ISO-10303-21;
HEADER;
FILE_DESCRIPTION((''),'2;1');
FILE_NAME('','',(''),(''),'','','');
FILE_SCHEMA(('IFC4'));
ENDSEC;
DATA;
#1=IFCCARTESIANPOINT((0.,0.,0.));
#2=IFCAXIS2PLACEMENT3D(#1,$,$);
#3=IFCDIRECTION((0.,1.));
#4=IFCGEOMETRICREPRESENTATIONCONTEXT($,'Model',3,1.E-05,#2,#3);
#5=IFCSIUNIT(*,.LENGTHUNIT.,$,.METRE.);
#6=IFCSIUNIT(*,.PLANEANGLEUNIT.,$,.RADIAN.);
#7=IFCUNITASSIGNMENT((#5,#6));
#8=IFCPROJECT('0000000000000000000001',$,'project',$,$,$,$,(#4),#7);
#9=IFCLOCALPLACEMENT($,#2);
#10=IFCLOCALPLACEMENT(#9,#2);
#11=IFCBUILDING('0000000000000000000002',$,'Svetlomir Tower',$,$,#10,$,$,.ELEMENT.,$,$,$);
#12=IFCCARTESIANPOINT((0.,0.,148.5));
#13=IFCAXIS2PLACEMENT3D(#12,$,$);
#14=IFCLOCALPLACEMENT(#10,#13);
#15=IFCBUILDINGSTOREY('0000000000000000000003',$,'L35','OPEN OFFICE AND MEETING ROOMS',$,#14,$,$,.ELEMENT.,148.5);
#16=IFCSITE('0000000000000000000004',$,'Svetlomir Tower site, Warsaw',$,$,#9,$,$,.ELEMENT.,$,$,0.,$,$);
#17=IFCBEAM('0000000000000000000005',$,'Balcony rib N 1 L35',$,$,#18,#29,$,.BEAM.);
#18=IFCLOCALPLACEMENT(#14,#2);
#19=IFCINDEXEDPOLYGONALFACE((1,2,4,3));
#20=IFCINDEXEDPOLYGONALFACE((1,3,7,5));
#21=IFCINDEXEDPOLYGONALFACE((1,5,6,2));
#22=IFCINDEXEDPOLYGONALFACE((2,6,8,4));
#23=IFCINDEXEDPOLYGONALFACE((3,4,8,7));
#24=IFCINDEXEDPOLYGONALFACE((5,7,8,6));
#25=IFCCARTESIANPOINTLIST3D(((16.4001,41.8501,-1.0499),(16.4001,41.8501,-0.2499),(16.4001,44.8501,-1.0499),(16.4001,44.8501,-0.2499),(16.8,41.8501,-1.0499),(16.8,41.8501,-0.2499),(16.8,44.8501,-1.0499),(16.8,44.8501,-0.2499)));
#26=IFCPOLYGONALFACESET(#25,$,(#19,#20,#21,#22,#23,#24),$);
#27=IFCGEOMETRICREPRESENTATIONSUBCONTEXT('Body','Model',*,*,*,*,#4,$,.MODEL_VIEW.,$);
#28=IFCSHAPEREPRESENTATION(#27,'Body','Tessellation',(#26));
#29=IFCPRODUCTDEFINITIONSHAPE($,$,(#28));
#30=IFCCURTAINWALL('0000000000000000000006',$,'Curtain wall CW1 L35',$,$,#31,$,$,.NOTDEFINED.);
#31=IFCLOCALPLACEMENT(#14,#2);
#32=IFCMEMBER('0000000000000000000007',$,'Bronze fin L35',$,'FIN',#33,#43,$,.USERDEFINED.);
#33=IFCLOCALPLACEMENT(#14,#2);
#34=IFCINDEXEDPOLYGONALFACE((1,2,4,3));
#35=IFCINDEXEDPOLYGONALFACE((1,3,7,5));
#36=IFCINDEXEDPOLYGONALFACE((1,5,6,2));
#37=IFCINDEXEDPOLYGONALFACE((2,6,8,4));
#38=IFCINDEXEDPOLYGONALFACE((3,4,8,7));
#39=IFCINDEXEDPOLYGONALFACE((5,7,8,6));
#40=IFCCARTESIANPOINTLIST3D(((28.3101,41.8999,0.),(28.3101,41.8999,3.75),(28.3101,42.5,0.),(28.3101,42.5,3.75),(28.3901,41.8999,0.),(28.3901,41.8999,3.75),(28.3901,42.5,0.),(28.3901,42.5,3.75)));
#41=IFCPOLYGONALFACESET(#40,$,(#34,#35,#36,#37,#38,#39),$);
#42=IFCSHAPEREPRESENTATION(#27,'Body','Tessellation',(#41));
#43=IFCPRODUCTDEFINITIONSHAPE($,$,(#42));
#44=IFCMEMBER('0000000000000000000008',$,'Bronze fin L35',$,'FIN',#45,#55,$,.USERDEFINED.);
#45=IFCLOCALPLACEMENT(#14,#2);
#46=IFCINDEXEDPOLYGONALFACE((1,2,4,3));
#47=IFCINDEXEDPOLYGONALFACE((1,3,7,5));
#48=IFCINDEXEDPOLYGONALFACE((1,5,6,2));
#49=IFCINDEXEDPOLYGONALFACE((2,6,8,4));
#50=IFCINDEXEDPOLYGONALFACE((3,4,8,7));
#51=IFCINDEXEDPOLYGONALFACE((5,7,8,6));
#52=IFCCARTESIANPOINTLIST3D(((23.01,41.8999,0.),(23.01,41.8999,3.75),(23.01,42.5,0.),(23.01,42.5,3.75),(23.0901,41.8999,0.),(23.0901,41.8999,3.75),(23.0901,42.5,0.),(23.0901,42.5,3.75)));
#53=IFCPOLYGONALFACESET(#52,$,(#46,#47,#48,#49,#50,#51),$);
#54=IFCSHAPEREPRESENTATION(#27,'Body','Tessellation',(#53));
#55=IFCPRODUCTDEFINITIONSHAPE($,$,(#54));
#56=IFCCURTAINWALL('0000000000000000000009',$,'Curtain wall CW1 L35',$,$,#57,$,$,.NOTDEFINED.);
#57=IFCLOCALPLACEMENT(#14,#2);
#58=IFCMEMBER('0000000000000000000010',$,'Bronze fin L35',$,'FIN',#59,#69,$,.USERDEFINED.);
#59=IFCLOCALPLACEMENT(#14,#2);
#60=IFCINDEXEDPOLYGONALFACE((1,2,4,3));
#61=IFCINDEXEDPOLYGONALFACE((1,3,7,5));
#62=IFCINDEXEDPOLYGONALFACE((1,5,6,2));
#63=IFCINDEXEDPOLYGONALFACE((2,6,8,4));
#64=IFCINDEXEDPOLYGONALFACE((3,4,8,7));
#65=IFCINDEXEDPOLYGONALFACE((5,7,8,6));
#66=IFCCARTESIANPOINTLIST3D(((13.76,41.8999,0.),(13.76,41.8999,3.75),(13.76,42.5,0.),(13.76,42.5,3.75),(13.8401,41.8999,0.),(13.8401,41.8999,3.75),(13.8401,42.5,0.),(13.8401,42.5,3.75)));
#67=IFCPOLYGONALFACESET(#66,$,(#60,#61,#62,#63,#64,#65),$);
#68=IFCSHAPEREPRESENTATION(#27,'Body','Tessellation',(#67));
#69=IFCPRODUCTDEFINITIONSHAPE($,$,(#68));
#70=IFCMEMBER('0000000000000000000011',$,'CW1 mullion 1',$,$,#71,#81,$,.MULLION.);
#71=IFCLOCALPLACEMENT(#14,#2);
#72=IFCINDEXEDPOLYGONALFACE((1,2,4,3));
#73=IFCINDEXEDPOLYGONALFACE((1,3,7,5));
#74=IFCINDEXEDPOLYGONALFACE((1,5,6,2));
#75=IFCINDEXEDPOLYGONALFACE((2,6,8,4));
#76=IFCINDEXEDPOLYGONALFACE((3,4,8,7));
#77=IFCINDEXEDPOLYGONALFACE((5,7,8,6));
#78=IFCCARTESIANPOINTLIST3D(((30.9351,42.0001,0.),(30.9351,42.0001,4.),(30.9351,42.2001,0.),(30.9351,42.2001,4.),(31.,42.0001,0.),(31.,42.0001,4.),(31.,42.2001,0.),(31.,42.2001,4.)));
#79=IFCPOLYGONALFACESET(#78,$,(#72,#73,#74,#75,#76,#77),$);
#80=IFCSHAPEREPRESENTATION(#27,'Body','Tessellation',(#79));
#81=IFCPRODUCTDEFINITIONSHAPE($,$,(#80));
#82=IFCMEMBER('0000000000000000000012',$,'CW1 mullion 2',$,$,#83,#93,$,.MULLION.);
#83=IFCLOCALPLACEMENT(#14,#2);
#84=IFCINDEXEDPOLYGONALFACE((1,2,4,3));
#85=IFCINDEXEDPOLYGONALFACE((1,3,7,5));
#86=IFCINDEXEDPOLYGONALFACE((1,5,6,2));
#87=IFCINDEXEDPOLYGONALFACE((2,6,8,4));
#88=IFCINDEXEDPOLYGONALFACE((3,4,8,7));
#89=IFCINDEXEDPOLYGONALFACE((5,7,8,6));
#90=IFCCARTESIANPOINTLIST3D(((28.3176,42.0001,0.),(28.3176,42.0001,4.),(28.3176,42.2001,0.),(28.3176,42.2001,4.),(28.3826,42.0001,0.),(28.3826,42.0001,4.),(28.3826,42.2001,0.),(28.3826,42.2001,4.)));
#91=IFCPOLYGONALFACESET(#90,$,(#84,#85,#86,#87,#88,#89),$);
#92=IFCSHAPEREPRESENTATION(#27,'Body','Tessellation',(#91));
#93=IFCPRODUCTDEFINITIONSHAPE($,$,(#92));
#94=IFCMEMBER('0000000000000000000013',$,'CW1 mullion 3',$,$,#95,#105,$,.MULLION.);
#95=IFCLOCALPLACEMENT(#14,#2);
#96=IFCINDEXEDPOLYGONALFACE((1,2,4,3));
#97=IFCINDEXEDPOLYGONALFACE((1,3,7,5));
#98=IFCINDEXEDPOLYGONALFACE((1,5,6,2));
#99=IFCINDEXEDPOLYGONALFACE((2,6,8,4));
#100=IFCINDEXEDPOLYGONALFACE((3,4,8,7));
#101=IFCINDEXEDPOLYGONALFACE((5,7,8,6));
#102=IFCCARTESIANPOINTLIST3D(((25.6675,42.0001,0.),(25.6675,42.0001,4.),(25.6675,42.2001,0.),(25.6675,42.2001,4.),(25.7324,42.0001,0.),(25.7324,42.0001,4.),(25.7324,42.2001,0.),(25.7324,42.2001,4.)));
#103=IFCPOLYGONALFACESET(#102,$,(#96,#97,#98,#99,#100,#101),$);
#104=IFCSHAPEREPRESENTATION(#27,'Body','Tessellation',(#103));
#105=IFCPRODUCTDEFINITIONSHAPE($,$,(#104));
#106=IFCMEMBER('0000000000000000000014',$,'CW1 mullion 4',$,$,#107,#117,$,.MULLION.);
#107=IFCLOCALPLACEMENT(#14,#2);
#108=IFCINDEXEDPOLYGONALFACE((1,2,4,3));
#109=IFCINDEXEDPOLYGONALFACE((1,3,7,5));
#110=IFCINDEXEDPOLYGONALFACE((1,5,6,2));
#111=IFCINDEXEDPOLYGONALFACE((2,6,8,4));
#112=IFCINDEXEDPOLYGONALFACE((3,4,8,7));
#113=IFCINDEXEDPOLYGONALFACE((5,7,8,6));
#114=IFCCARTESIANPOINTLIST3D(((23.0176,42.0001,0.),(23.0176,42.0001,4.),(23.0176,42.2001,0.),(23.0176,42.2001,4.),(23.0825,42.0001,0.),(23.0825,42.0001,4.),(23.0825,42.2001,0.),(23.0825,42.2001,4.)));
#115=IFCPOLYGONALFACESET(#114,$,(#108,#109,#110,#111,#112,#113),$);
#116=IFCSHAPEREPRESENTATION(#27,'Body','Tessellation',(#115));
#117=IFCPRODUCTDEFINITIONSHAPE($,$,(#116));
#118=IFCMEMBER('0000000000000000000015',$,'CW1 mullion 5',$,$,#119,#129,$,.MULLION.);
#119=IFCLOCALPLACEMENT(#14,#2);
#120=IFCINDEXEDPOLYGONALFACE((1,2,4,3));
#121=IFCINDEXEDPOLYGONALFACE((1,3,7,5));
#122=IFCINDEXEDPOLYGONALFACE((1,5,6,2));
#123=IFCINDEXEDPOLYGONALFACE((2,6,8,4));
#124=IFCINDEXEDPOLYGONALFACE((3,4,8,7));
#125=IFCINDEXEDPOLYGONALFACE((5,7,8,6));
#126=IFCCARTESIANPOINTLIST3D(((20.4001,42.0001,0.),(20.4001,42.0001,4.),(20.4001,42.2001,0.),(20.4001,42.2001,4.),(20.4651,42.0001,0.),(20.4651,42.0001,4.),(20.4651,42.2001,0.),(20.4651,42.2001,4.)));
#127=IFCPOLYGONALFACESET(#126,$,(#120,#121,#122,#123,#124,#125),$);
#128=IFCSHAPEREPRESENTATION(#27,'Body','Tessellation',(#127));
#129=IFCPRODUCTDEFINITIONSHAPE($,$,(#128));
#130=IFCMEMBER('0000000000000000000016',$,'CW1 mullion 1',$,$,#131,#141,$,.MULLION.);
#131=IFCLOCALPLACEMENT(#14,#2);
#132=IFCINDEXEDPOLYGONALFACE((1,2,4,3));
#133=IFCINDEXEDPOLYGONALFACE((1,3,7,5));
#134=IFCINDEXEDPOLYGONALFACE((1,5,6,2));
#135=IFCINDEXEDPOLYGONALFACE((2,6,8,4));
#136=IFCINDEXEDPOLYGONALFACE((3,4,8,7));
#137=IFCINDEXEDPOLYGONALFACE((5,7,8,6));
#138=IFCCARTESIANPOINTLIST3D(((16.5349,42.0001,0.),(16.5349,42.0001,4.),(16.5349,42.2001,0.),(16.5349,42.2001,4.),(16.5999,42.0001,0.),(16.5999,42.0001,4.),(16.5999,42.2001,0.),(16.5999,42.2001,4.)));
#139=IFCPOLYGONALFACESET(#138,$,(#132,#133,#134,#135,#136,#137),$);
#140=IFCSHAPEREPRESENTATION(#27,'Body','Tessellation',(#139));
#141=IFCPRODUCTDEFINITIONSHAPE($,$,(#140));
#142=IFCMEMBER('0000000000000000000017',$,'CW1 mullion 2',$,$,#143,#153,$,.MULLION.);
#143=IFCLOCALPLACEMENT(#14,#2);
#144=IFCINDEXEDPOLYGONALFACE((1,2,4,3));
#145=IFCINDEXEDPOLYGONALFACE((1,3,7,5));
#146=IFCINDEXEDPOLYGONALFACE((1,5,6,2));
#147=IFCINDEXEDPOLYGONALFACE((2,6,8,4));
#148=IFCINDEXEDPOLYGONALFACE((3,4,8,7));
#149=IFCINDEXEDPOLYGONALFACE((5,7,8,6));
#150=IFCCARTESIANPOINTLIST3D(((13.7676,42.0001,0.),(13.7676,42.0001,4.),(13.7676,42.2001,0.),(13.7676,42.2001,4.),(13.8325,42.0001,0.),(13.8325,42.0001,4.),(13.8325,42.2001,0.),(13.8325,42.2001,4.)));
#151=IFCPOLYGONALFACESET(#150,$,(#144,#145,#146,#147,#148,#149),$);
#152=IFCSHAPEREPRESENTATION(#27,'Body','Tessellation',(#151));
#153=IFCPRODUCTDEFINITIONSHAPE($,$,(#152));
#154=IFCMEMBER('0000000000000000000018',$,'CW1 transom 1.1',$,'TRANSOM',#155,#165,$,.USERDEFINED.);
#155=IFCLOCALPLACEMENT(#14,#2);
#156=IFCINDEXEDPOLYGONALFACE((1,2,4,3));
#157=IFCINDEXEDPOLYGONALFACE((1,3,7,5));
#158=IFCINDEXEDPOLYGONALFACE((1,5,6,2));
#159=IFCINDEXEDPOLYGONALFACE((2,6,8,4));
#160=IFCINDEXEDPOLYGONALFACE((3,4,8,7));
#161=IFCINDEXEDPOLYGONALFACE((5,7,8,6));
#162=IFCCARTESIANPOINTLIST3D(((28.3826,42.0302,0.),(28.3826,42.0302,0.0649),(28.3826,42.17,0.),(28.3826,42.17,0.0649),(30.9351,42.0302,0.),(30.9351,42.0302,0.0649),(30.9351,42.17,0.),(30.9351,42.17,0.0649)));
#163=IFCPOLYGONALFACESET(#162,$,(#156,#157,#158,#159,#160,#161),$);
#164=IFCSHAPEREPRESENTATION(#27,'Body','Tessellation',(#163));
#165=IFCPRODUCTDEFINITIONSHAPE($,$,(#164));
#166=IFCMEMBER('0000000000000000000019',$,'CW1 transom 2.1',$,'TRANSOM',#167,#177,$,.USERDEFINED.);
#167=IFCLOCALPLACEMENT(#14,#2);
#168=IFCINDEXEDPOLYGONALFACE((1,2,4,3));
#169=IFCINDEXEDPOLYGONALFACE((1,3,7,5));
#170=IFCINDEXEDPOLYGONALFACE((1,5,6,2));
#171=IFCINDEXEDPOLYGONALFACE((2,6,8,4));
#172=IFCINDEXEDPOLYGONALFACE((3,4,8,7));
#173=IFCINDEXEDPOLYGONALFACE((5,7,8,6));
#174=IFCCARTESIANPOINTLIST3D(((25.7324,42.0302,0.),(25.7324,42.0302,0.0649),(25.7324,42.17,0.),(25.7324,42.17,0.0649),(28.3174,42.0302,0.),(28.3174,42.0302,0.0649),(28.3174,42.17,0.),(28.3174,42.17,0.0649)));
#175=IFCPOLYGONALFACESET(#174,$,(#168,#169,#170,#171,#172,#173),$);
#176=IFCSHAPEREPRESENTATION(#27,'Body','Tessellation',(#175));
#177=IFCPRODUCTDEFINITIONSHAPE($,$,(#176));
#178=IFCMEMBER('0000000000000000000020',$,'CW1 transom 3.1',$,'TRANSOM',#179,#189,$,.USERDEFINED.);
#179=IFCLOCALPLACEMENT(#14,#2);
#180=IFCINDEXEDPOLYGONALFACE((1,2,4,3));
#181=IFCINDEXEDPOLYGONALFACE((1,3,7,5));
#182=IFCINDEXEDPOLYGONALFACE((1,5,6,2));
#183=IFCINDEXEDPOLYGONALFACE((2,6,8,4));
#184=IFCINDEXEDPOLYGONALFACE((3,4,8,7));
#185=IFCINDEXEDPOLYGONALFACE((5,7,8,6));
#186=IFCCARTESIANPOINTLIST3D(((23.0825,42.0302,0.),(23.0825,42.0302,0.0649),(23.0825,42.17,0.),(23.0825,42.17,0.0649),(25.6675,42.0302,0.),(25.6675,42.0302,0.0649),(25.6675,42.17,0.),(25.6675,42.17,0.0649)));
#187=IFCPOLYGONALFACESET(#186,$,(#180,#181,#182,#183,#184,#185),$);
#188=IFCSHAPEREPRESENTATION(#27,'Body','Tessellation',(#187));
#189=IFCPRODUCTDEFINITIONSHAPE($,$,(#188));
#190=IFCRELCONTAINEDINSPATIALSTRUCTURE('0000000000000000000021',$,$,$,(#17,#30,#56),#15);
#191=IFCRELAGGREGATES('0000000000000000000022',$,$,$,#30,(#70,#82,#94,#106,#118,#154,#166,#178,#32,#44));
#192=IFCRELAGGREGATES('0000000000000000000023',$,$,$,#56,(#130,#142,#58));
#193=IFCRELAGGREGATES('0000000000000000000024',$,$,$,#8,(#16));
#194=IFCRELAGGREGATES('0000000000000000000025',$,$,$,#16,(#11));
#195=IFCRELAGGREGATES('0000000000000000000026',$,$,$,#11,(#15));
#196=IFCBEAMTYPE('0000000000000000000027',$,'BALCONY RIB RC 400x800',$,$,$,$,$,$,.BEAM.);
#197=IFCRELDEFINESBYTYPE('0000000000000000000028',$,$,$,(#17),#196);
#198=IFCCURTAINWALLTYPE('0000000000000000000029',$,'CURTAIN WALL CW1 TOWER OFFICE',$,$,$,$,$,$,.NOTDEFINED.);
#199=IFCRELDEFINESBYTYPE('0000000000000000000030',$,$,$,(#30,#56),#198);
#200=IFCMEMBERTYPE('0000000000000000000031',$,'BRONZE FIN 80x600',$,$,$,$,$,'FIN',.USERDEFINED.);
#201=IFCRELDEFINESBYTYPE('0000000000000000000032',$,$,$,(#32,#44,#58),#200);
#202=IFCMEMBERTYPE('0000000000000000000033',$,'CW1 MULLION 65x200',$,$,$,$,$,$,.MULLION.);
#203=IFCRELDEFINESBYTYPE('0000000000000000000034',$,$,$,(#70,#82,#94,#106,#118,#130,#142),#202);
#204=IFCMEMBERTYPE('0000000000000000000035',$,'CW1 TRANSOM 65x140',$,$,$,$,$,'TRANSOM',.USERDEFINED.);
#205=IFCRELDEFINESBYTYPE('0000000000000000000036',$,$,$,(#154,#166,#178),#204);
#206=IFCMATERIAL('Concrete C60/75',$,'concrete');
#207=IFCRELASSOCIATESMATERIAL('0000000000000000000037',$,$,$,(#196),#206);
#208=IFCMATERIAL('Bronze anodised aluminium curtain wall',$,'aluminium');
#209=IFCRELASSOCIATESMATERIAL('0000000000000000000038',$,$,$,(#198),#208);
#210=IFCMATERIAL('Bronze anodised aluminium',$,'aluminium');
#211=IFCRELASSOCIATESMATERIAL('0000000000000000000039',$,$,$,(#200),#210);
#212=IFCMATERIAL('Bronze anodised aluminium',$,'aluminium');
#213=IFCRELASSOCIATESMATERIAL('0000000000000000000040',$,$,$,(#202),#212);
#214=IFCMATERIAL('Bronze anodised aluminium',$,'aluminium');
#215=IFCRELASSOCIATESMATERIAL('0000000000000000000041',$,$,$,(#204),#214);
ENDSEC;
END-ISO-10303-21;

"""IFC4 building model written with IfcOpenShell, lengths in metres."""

from ifc_helpers import new_model, si_unit, direction, frame, origin, origin_2d, place, context, subcontext, project, spatial, rectangle, extrude, material, material_profile, profile_set, type_object, element, aggregate, save


model = new_model("IFC4")

# Units and contexts
model_context = context("Model", 3, precision=1e-05, world=origin(), true_north=direction((0.0, 1.0)))
body_context = subcontext(model_context, "Body", "Model", "MODEL_VIEW")
ifc_project = project(units=[si_unit("LENGTHUNIT", "METRE"), si_unit("PLANEANGLEUNIT", "RADIAN")], contexts=[model_context])

# Site, building, storey
site_placement = place(None, origin())
site = spatial("IfcSite", under=ifc_project, at=site_placement, Name="Svetlomir Tower site, Warsaw", CompositionType="ELEMENT", RefElevation=0.0)
building_placement = place(site_placement, origin())
building = spatial("IfcBuilding", under=site, at=building_placement, Name="Svetlomir Tower", CompositionType="ELEMENT")
storey_placement = place(building_placement, frame((0.0, 0.0, 148.5)))
storey = spatial("IfcBuildingStorey", under=building, at=storey_placement, Name="L35", Description="OPEN OFFICE AND MEETING ROOMS", CompositionType="ELEMENT", Elevation=148.5)

# Beam
ifc_material_1 = material(Name="Concrete C60/75", Category="concrete")
ifc_material_profile_1 = material_profile(ifc_material_1, rectangle(XDim=0.3999, YDim=0.8, at=origin_2d()), Name="RC 400x800")
ifc_profile_set_1 = profile_set([ifc_material_profile_1], Name="Concrete C60/75")
beam_type_1 = type_object("IfcBeamType", Name="BALCONY RIB RC 400x800", PredefinedType="BEAM", material=ifc_profile_set_1)
beam_1_placement = place(storey_placement, frame((16.6001, 41.8501, -0.6499), z_axis=(0.0, 1.0, 0.0), x_axis=(-1.0, 0.0, 0.0)))
element("IfcBeam", 1, at=beam_1_placement, inside=storey, type_object=beam_type_1, Name="Balcony rib N 1 L35", PredefinedType="BEAM", context=body_context, shape_type="SweptSolid", body=[
    extrude(rectangle(XDim=0.3999, YDim=0.8, at=origin_2d()), origin(), (0.0, 0.0, 1.0), 3.0),
])

# Curtain wall, members
ifc_material_2 = material(Name="Bronze anodised aluminium curtain wall", Category="aluminium")
curtain_wall_type = type_object("IfcCurtainWallType", Name="CURTAIN WALL CW1 TOWER OFFICE", PredefinedType="NOTDEFINED", material=ifc_material_2)
curtain_wall_1_placement = place(storey_placement, origin())
curtain_wall_1 = element("IfcCurtainWall", 2, at=curtain_wall_1_placement, inside=storey, type_object=curtain_wall_type, Name="Curtain wall CW1 L35", PredefinedType="NOTDEFINED")
ifc_material_3 = material(Name="Bronze anodised aluminium", Category="aluminium")
ifc_material_profile_2 = material_profile(ifc_material_3, rectangle(XDim=0.0801, YDim=0.6001, at=origin_2d()), Name="FIN 80x600")
ifc_profile_set_2 = profile_set([ifc_material_profile_2], Name="Bronze anodised aluminium 6063-T6")
member_type_1 = type_object("IfcMemberType", Name="BRONZE FIN 80x600", ElementType="FIN", PredefinedType="USERDEFINED", material=ifc_profile_set_2)
member_1_placement = place(storey_placement, frame((28.3501, 42.2, 0.0), z_axis=(0.0, 0.0, 1.0), x_axis=(1.0, 0.0, 0.0)))
member_1 = element("IfcMember", 3, at=member_1_placement, type_object=member_type_1, Name="Bronze fin L35", ObjectType="FIN", PredefinedType="USERDEFINED", context=body_context, shape_type="SweptSolid", body=[
    extrude(rectangle(XDim=0.0801, YDim=0.6001, at=origin_2d()), origin(), (0.0, 0.0, 1.0), 3.75),
])
member_2_placement = place(storey_placement, frame((23.05, 42.2, 0.0), z_axis=(0.0, 0.0, 1.0), x_axis=(1.0, 0.0, 0.0)))
member_2 = element("IfcMember", 4, at=member_2_placement, type_object=member_type_1, Name="Bronze fin L35", ObjectType="FIN", PredefinedType="USERDEFINED", context=body_context, shape_type="SweptSolid", body=[
    extrude(rectangle(XDim=0.0801, YDim=0.6001, at=origin_2d()), origin(), (0.0, 0.0, 1.0), 3.75),
])

# Curtain wall, member
curtain_wall_2_placement = place(storey_placement, origin())
curtain_wall_2 = element("IfcCurtainWall", 5, at=curtain_wall_2_placement, inside=storey, type_object=curtain_wall_type, Name="Curtain wall CW1 L35", PredefinedType="NOTDEFINED")
member_3_placement = place(storey_placement, frame((13.8, 42.2, 0.0), z_axis=(0.0, 0.0, 1.0), x_axis=(1.0, 0.0, 0.0)))
member_3 = element("IfcMember", 6, at=member_3_placement, type_object=member_type_1, Name="Bronze fin L35", ObjectType="FIN", PredefinedType="USERDEFINED", context=body_context, shape_type="SweptSolid", body=[
    extrude(rectangle(XDim=0.0801, YDim=0.6001, at=origin_2d()), origin(), (0.0, 0.0, 1.0), 3.75),
])

# Members
ifc_material_4 = material(Name="Bronze anodised aluminium", Category="aluminium")
ifc_material_profile_3 = material_profile(ifc_material_4, rectangle(XDim=0.0649, YDim=0.2, at=origin_2d()), Name="AL 65x200")
ifc_profile_set_3 = profile_set([ifc_material_profile_3], Name="Bronze anodised aluminium 6063-T6")
member_type_2 = type_object("IfcMemberType", Name="CW1 MULLION 65x200", PredefinedType="MULLION", material=ifc_profile_set_3)
member_4_placement = place(storey_placement, frame((30.9675, 42.1001, 0.0), z_axis=(0.0, 0.0, 1.0), x_axis=(-1.0, 0.0, 0.0)))
member_4 = element("IfcMember", 7, at=member_4_placement, type_object=member_type_2, Name="CW1 mullion 1", PredefinedType="MULLION", context=body_context, shape_type="SweptSolid", body=[
    extrude(rectangle(XDim=0.0649, YDim=0.2, at=origin_2d()), origin(), (0.0, 0.0, 1.0), 4.0),
])
member_5_placement = place(storey_placement, frame((28.3501, 42.1001, 0.0), z_axis=(0.0, 0.0, 1.0), x_axis=(-1.0, 0.0, 0.0)))
member_5 = element("IfcMember", 8, at=member_5_placement, type_object=member_type_2, Name="CW1 mullion 2", PredefinedType="MULLION", context=body_context, shape_type="SweptSolid", body=[
    extrude(rectangle(XDim=0.0649, YDim=0.2, at=origin_2d()), origin(), (0.0, 0.0, 1.0), 4.0),
])
member_6_placement = place(storey_placement, frame((25.7, 42.1001, 0.0), z_axis=(0.0, 0.0, 1.0), x_axis=(-1.0, 0.0, 0.0)))
member_6 = element("IfcMember", 9, at=member_6_placement, type_object=member_type_2, Name="CW1 mullion 3", PredefinedType="MULLION", context=body_context, shape_type="SweptSolid", body=[
    extrude(rectangle(XDim=0.0649, YDim=0.2, at=origin_2d()), origin(), (0.0, 0.0, 1.0), 4.0),
])
member_7_placement = place(storey_placement, frame((23.05, 42.1001, 0.0), z_axis=(0.0, 0.0, 1.0), x_axis=(-1.0, 0.0, 0.0)))
member_7 = element("IfcMember", 10, at=member_7_placement, type_object=member_type_2, Name="CW1 mullion 4", PredefinedType="MULLION", context=body_context, shape_type="SweptSolid", body=[
    extrude(rectangle(XDim=0.0649, YDim=0.2, at=origin_2d()), origin(), (0.0, 0.0, 1.0), 4.0),
])
member_8_placement = place(storey_placement, frame((20.4326, 42.1001, 0.0), z_axis=(0.0, 0.0, 1.0), x_axis=(-1.0, 0.0, 0.0)))
member_8 = element("IfcMember", 11, at=member_8_placement, type_object=member_type_2, Name="CW1 mullion 5", PredefinedType="MULLION", context=body_context, shape_type="SweptSolid", body=[
    extrude(rectangle(XDim=0.0649, YDim=0.2, at=origin_2d()), origin(), (0.0, 0.0, 1.0), 4.0),
])
member_9_placement = place(storey_placement, frame((16.5674, 42.1001, 0.0), z_axis=(0.0, 0.0, 1.0), x_axis=(-1.0, 0.0, 0.0)))
member_9 = element("IfcMember", 12, at=member_9_placement, type_object=member_type_2, Name="CW1 mullion 1", PredefinedType="MULLION", context=body_context, shape_type="SweptSolid", body=[
    extrude(rectangle(XDim=0.0649, YDim=0.2, at=origin_2d()), origin(), (0.0, 0.0, 1.0), 4.0),
])
member_10_placement = place(storey_placement, frame((13.8, 42.1001, 0.0), z_axis=(0.0, 0.0, 1.0), x_axis=(-1.0, 0.0, 0.0)))
member_10 = element("IfcMember", 13, at=member_10_placement, type_object=member_type_2, Name="CW1 mullion 2", PredefinedType="MULLION", context=body_context, shape_type="SweptSolid", body=[
    extrude(rectangle(XDim=0.0649, YDim=0.2, at=origin_2d()), origin(), (0.0, 0.0, 1.0), 4.0),
])
ifc_material_5 = material(Name="Bronze anodised aluminium", Category="aluminium")
ifc_material_profile_4 = material_profile(ifc_material_5, rectangle(XDim=0.1399, YDim=0.0649, at=origin_2d()), Name="AL 140x65")
ifc_profile_set_4 = profile_set([ifc_material_profile_4], Name="Bronze anodised aluminium 6063-T6")
member_type_3 = type_object("IfcMemberType", Name="CW1 TRANSOM 65x140", ElementType="TRANSOM", PredefinedType="USERDEFINED", material=ifc_profile_set_4)
member_11_placement = place(storey_placement, frame((30.9351, 42.1001, 0.0325), z_axis=(-1.0, 0.0, 0.0), x_axis=(0.0, -1.0, 0.0)))
member_11 = element("IfcMember", 14, at=member_11_placement, type_object=member_type_3, Name="CW1 transom 1.1", ObjectType="TRANSOM", PredefinedType="USERDEFINED", context=body_context, shape_type="SweptSolid", body=[
    extrude(rectangle(XDim=0.1399, YDim=0.0649, at=origin_2d()), origin(), (0.0, 0.0, 1.0), 2.5525),
])
member_12_placement = place(storey_placement, frame((28.3174, 42.1001, 0.0325), z_axis=(-1.0, 0.0, 0.0), x_axis=(0.0, -1.0, 0.0)))
member_12 = element("IfcMember", 15, at=member_12_placement, type_object=member_type_3, Name="CW1 transom 2.1", ObjectType="TRANSOM", PredefinedType="USERDEFINED", context=body_context, shape_type="SweptSolid", body=[
    extrude(rectangle(XDim=0.1399, YDim=0.0649, at=origin_2d()), origin(), (0.0, 0.0, 1.0), 2.585),
])
member_13_placement = place(storey_placement, frame((25.6675, 42.1001, 0.0325), z_axis=(-1.0, 0.0, 0.0), x_axis=(0.0, -1.0, 0.0)))
member_13 = element("IfcMember", 16, at=member_13_placement, type_object=member_type_3, Name="CW1 transom 3.1", ObjectType="TRANSOM", PredefinedType="USERDEFINED", context=body_context, shape_type="SweptSolid", body=[
    extrude(rectangle(XDim=0.1399, YDim=0.0649, at=origin_2d()), origin(), (0.0, 0.0, 1.0), 2.585),
])

aggregate(curtain_wall_1, [member_4, member_5, member_6, member_7, member_8, member_11, member_12, member_13, member_1, member_2])
aggregate(curtain_wall_2, [member_9, member_10, member_3])

save(model, "model.ifc")
